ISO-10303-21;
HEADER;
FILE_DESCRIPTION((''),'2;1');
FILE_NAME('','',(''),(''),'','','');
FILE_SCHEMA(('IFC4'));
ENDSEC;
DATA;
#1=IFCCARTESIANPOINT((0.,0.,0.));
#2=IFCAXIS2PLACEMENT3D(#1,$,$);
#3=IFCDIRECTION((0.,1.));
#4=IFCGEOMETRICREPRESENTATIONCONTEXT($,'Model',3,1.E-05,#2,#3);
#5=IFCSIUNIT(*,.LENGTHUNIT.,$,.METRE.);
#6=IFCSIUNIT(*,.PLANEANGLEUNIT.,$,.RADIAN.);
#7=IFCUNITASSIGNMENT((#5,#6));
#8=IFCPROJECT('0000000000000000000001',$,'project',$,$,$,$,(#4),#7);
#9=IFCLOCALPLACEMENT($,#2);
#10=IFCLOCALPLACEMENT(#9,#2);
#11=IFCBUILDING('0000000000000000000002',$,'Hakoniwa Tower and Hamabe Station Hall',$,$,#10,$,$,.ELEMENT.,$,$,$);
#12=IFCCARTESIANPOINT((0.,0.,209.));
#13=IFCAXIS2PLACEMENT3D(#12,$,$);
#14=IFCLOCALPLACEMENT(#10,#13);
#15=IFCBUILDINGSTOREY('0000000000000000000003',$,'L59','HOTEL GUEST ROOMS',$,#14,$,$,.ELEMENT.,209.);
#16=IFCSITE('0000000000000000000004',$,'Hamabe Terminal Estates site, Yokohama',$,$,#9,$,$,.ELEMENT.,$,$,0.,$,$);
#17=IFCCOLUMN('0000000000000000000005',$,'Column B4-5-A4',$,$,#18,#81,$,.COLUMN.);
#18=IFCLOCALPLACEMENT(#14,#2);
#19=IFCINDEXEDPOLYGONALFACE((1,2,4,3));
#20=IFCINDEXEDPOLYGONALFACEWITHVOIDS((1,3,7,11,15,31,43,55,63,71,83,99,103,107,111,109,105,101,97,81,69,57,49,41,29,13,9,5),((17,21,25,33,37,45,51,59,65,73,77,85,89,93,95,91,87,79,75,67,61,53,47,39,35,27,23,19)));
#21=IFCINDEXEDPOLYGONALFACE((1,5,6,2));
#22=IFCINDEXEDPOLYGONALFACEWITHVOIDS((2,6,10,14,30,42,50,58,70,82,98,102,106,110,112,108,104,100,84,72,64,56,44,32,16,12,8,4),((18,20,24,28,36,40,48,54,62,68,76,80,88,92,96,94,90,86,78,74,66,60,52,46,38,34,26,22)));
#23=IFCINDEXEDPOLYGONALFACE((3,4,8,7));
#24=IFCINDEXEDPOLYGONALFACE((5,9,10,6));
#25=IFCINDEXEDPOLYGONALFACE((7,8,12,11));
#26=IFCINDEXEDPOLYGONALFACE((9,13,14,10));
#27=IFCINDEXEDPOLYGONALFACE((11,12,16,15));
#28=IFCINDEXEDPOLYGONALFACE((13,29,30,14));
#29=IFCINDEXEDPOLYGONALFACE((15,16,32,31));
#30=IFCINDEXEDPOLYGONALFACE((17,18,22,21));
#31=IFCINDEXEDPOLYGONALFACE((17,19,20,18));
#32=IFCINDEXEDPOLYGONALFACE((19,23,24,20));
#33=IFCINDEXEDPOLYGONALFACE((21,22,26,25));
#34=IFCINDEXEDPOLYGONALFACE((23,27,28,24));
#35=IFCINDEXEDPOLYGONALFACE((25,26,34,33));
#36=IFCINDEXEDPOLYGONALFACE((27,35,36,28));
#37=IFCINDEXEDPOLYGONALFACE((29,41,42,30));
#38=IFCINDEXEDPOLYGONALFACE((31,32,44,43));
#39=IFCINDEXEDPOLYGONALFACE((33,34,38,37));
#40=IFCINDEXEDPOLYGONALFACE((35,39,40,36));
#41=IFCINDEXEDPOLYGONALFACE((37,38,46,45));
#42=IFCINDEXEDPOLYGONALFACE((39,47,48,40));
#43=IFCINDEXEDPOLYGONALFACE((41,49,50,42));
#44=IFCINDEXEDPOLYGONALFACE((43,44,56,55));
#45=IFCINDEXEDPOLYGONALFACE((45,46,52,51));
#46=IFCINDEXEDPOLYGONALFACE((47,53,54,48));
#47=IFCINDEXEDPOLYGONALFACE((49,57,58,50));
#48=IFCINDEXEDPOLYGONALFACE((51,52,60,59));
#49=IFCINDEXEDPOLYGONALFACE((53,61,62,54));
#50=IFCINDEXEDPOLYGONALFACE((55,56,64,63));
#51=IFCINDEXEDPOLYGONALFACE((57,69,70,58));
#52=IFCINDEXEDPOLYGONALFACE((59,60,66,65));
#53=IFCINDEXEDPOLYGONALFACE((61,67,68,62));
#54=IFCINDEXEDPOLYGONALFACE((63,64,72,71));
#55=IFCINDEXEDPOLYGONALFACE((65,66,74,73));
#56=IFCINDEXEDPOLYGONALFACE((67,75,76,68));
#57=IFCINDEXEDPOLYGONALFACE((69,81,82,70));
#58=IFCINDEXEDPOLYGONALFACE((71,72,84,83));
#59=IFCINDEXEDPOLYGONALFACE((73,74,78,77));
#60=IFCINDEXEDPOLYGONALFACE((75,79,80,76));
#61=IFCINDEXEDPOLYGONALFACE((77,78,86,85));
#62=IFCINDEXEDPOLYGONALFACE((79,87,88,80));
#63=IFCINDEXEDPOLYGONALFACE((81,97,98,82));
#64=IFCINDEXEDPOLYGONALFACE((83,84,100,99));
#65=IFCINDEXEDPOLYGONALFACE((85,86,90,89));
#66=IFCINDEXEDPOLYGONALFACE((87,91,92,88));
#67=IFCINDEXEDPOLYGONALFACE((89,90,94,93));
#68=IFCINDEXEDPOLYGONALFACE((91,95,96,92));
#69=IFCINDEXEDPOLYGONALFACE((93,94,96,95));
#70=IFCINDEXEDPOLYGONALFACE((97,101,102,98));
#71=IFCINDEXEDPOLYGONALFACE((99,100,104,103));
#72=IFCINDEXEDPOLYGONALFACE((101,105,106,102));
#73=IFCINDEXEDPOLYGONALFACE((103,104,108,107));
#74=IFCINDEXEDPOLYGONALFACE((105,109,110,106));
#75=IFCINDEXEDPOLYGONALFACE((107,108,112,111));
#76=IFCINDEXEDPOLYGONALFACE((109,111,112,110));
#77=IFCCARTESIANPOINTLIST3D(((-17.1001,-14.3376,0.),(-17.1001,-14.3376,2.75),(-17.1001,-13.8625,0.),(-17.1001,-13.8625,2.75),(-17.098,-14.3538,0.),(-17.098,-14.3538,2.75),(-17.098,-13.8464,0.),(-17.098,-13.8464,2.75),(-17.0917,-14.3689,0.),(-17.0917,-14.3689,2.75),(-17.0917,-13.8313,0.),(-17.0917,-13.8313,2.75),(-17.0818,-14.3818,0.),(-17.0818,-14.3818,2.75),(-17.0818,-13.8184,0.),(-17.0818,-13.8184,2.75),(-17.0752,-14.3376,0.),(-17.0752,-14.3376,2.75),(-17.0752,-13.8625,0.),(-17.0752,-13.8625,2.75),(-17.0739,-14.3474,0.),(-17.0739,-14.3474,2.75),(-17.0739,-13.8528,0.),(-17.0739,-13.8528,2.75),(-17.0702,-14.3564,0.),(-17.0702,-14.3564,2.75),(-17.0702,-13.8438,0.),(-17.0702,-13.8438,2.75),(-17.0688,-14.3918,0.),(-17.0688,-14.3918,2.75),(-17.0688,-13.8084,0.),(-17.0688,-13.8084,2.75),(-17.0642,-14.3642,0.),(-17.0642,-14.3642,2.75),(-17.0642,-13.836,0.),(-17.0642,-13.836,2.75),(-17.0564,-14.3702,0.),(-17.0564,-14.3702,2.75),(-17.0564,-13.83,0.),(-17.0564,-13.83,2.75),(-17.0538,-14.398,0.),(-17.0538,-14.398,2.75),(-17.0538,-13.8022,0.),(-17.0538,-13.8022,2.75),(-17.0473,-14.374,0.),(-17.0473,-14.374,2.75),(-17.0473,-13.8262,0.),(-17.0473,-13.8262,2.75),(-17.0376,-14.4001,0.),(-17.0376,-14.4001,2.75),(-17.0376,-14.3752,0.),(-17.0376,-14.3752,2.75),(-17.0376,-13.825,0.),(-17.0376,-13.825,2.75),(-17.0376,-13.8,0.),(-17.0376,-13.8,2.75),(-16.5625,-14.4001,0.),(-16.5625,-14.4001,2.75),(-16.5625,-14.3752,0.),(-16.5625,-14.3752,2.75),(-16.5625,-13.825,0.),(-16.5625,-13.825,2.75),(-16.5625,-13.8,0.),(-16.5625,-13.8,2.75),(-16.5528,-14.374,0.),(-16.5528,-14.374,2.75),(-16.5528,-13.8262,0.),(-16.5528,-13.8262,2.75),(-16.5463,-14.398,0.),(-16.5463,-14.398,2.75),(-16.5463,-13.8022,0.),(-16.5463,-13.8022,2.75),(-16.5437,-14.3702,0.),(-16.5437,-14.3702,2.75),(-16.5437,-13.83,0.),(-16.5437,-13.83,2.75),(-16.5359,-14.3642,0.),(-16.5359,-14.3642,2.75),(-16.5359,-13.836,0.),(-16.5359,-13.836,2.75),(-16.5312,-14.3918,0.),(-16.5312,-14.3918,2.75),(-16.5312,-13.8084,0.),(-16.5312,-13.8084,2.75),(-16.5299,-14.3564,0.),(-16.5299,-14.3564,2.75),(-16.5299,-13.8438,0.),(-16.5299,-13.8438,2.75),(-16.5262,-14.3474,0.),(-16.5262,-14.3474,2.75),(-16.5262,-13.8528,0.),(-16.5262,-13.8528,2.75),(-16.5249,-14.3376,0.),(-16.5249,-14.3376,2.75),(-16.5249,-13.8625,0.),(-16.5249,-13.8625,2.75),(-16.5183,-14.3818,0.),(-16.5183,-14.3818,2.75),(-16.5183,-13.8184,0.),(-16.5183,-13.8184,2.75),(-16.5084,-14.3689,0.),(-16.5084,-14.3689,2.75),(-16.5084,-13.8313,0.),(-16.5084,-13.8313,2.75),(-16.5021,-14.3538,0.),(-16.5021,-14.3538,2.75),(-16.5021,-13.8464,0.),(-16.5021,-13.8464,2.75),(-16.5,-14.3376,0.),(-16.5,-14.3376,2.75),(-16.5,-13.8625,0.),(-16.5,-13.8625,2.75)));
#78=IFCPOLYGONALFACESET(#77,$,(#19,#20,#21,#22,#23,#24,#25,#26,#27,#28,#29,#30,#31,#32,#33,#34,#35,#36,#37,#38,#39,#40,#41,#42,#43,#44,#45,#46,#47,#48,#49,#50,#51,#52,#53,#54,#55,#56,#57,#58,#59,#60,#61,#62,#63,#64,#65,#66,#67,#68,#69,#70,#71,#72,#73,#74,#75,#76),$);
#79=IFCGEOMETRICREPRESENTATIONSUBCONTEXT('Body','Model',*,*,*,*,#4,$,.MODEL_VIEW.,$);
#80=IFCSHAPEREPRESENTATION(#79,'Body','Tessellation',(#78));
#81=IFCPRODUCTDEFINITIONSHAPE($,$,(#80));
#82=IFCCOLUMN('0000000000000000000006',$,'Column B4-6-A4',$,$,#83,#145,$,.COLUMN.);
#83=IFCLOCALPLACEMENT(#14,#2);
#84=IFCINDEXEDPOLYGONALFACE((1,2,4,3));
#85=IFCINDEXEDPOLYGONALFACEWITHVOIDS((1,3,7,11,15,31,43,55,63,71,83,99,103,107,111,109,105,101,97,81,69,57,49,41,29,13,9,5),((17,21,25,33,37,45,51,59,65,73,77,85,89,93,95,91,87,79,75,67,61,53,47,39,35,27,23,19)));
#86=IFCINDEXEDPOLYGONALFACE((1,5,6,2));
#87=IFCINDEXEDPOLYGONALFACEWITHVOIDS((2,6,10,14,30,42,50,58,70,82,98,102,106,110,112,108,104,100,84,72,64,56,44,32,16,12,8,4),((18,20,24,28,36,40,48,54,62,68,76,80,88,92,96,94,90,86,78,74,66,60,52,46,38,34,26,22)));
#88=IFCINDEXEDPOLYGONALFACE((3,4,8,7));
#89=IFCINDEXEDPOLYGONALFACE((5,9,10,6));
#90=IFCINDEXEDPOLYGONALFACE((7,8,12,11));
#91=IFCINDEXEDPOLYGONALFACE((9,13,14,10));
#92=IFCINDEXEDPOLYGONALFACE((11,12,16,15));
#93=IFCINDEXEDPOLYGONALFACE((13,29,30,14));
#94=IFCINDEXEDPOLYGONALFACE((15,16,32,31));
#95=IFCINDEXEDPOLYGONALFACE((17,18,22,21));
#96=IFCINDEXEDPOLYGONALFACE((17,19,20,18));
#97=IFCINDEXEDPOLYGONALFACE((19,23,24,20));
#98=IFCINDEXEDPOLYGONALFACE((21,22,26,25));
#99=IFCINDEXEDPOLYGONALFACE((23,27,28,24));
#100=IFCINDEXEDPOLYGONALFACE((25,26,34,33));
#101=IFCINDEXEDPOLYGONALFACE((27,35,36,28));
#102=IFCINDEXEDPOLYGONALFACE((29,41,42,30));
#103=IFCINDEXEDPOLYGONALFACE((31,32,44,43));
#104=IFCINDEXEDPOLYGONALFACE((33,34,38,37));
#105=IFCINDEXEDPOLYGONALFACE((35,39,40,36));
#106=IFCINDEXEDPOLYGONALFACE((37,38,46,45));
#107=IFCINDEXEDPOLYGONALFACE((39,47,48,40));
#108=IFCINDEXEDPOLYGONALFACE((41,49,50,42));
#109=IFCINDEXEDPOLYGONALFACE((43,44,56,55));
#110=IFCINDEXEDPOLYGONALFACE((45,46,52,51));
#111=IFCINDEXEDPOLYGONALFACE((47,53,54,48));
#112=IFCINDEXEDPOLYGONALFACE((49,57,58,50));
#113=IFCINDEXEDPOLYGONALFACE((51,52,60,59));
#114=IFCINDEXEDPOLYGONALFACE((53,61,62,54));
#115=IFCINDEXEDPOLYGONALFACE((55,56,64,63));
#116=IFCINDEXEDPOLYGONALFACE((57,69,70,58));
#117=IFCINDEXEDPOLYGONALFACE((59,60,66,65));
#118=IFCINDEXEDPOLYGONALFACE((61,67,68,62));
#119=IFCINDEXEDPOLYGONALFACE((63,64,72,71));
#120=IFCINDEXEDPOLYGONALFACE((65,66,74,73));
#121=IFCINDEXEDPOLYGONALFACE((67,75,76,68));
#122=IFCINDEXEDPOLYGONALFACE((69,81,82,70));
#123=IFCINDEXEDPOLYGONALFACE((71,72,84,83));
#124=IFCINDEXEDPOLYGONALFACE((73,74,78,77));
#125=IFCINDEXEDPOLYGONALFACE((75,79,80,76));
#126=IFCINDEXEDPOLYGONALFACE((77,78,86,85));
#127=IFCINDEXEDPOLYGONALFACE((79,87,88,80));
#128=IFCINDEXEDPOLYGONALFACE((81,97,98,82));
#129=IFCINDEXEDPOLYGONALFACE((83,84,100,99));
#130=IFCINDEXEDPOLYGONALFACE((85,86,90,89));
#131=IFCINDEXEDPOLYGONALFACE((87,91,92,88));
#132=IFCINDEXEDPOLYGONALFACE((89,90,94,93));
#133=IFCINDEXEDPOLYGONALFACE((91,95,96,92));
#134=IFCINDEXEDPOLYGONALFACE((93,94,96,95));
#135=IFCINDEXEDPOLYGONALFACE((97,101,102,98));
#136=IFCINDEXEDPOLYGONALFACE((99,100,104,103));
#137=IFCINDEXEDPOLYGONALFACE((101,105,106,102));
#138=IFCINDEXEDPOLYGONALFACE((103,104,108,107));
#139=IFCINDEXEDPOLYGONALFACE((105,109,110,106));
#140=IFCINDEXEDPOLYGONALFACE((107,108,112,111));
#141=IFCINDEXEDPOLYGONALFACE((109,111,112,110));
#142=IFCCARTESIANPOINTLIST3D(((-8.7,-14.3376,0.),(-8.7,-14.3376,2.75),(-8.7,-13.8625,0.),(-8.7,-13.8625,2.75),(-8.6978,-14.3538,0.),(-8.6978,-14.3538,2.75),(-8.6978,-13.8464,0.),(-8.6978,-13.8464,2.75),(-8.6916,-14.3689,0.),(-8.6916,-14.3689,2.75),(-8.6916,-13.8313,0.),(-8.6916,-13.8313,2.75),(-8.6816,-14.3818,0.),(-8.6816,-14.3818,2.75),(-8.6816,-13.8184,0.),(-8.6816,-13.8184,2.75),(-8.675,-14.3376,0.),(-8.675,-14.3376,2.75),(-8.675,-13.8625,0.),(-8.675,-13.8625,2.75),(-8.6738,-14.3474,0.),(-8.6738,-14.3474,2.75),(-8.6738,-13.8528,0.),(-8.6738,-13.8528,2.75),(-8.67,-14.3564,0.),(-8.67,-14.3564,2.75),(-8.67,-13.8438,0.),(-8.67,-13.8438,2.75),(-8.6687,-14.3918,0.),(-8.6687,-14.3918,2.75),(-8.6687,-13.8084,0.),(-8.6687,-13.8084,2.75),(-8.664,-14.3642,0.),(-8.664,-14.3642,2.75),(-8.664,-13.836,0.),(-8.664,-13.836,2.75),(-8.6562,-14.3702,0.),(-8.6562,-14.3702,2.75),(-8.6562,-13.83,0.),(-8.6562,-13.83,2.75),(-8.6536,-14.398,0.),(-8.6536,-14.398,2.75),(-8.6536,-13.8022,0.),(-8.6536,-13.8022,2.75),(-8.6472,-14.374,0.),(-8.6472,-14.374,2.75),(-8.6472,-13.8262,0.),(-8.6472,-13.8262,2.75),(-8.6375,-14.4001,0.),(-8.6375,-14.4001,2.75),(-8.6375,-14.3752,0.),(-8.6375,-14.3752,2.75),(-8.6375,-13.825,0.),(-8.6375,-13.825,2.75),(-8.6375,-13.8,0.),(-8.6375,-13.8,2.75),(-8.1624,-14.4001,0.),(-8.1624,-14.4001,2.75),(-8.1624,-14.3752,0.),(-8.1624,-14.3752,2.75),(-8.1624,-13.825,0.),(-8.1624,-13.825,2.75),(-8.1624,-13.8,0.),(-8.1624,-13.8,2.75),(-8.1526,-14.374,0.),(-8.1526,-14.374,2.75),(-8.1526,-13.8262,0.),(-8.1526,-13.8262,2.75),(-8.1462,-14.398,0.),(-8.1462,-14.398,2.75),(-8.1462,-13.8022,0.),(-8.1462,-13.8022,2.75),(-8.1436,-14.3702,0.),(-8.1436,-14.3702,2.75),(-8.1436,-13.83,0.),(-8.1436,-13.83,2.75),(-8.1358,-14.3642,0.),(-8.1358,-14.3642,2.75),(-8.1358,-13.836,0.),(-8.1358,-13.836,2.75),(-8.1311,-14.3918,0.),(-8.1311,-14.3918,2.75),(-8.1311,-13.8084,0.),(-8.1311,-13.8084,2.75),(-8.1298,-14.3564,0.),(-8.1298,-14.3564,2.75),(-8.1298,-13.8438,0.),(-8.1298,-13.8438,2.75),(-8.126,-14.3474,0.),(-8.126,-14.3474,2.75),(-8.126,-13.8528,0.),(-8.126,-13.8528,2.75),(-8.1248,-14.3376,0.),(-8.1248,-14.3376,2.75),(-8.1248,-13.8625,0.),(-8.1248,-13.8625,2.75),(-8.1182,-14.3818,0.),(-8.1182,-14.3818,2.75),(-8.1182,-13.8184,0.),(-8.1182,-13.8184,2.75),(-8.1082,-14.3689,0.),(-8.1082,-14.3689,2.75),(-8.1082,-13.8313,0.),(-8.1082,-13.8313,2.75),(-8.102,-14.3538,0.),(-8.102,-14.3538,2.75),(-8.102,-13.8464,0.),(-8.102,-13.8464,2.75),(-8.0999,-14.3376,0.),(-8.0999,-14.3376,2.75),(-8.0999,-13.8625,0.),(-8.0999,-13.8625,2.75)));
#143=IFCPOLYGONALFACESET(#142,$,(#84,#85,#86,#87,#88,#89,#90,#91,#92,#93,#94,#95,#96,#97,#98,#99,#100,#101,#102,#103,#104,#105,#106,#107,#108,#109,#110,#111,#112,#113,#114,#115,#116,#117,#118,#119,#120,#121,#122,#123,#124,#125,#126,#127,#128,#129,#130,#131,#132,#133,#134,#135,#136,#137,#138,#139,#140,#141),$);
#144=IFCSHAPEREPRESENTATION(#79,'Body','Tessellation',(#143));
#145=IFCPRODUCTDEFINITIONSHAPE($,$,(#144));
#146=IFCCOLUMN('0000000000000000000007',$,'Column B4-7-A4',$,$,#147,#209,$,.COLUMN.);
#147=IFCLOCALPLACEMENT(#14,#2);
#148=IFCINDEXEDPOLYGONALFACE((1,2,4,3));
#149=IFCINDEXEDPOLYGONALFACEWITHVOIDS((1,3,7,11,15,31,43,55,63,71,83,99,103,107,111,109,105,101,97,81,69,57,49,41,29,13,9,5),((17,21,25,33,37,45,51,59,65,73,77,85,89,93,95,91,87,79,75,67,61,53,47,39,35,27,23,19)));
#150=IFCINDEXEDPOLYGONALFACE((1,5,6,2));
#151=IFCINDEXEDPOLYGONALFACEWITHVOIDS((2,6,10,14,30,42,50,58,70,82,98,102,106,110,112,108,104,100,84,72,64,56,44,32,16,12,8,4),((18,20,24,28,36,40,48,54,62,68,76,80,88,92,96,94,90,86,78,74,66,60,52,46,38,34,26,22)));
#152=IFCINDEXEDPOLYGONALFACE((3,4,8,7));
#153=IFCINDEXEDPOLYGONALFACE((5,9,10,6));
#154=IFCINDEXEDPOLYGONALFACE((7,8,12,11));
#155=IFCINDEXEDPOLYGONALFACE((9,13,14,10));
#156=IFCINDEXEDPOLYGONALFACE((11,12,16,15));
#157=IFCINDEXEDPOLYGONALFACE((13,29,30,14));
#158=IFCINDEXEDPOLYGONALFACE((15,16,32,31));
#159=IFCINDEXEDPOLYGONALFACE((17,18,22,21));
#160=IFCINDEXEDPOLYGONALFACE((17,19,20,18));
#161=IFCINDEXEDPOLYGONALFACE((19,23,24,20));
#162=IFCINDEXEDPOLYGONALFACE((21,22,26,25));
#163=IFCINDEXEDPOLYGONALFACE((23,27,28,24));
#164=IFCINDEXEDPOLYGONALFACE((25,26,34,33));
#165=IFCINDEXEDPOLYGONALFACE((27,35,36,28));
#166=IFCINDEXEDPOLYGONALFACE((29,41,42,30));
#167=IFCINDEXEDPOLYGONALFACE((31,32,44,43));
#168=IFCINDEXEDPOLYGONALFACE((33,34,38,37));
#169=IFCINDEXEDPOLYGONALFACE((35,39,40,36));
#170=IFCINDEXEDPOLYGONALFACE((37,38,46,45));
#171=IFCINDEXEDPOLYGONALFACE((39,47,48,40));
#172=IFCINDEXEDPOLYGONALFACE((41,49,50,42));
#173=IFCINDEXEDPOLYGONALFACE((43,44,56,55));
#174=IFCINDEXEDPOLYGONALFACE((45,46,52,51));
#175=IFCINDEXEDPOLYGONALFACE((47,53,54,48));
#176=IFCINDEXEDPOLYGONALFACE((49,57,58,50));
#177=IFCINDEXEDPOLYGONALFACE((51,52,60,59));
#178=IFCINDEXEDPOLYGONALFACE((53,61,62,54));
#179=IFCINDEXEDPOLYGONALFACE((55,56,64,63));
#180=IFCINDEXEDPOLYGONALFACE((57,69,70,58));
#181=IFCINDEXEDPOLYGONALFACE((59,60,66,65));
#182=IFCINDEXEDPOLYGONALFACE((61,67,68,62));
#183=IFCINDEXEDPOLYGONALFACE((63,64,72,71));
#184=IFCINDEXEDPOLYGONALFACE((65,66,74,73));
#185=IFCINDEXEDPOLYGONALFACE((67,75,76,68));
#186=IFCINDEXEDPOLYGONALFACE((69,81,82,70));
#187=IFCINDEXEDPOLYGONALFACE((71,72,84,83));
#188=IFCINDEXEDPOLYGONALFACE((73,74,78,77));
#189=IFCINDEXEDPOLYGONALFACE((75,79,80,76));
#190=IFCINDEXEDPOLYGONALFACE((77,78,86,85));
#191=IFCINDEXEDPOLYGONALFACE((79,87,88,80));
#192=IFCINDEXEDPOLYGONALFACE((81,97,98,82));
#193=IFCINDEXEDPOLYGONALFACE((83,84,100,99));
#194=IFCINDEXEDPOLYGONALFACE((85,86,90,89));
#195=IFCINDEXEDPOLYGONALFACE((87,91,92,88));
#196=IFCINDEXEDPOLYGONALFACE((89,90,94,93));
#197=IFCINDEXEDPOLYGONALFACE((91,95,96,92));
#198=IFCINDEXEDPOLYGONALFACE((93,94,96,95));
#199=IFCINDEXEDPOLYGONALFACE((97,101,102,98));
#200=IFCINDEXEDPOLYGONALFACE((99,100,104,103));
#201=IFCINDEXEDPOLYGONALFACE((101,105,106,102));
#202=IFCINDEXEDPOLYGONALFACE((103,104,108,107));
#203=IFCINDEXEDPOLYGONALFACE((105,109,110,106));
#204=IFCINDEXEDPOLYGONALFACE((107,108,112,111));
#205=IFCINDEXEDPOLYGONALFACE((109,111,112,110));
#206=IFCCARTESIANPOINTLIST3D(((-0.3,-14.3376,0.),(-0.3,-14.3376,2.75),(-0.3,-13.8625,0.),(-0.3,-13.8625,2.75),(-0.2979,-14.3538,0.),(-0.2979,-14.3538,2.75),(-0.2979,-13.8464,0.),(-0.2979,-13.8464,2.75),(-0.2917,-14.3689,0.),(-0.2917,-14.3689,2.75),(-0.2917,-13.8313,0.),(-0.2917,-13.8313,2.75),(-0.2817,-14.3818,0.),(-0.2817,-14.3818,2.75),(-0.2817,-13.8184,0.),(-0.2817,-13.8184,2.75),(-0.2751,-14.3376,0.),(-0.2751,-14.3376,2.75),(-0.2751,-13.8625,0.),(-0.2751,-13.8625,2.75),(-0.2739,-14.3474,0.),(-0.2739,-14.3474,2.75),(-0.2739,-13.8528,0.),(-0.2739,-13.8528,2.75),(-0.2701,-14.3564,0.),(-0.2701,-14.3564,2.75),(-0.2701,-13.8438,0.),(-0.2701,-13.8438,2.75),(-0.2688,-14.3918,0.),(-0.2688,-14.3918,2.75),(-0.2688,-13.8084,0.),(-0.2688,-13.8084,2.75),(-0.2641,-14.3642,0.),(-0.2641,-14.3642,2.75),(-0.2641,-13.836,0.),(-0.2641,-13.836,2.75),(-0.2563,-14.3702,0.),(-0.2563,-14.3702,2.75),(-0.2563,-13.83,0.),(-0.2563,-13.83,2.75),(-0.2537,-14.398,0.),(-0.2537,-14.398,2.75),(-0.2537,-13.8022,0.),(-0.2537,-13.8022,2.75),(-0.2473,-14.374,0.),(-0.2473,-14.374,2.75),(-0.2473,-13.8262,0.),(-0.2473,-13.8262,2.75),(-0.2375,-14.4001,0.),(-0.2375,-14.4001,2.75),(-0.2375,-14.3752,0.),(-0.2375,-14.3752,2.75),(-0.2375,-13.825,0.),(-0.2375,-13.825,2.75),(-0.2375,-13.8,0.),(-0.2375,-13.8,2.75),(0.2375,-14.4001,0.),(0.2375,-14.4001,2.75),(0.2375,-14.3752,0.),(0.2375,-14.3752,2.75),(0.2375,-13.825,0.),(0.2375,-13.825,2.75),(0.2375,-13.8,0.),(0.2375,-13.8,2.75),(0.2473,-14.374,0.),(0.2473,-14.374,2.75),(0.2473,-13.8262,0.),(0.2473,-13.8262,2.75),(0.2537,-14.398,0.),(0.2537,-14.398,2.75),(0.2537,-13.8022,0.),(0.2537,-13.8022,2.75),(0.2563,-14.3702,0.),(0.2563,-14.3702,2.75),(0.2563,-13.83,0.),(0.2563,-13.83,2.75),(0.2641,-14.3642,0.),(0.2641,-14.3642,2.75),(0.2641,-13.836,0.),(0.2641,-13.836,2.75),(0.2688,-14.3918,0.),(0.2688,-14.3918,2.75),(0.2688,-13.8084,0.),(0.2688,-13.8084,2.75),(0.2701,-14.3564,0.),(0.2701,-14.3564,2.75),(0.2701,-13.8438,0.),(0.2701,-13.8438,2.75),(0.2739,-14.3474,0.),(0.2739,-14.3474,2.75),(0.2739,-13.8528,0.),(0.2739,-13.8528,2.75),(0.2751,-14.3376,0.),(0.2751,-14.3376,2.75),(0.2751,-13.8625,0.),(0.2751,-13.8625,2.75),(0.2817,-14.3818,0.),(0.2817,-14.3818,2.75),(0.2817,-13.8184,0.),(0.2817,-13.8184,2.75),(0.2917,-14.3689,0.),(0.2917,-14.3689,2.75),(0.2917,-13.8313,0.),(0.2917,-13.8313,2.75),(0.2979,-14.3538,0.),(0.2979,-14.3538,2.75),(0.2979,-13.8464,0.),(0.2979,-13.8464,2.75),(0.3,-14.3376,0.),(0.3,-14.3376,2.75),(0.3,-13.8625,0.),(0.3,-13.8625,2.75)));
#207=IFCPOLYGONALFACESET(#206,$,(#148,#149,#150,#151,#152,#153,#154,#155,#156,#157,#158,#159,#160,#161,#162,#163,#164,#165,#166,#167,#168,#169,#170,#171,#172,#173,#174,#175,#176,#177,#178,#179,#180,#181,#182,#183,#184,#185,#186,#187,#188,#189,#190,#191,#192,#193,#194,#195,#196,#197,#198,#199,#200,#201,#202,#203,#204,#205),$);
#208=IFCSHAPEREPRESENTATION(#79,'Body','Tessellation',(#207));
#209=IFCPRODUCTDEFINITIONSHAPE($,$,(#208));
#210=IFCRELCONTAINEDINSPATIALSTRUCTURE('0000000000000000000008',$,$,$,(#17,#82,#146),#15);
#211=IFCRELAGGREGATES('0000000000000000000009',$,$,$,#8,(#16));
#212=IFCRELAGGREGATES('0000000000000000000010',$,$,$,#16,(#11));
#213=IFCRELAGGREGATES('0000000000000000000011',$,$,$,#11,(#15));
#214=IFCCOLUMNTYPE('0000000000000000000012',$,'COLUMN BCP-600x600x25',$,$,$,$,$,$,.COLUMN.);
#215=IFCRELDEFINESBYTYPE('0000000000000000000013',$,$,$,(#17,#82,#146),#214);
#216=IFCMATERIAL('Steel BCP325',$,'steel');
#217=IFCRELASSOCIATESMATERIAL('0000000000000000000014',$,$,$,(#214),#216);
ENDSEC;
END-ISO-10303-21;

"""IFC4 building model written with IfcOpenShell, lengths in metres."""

from ifc_helpers import new_model, si_unit, direction, frame, origin, origin_2d, place, context, subcontext, project, spatial, hollow_rectangle, extrude, material, material_profile, profile_set, type_object, element, save


model = new_model("IFC4")

# Units and contexts
model_context = context("Model", 3, precision=1e-05, world=origin(), true_north=direction((0.0, 1.0)))
body_context = subcontext(model_context, "Body", "Model", "MODEL_VIEW")
ifc_project = project(units=[si_unit("LENGTHUNIT", "METRE"), si_unit("PLANEANGLEUNIT", "RADIAN")], contexts=[model_context])

# Site, building, storey
site_placement = place(None, origin())
site = spatial("IfcSite", under=ifc_project, at=site_placement, Name="Hamabe Terminal Estates site, Yokohama", CompositionType="ELEMENT", RefElevation=0.0)
building_placement = place(site_placement, origin())
building = spatial("IfcBuilding", under=site, at=building_placement, Name="Hakoniwa Tower and Hamabe Station Hall", CompositionType="ELEMENT")
storey_placement = place(building_placement, frame((0.0, 0.0, 209.0)))
storey = spatial("IfcBuildingStorey", under=building, at=storey_placement, Name="L59", Description="HOTEL GUEST ROOMS", CompositionType="ELEMENT", Elevation=209.0)

# Columns
ifc_material_1 = material(Name="Steel BCP325", Category="steel")
ifc_material_profile_1 = material_profile(ifc_material_1, hollow_rectangle(XDim=0.6001, YDim=0.6001, WallThickness=0.0249, InnerFilletRadius=0.0376, OuterFilletRadius=0.0625, at=origin_2d()), Name="BCP-600x600x25")
ifc_profile_set_1 = profile_set([ifc_material_profile_1], Name="Steel BCP325")
column_type = type_object("IfcColumnType", Name="COLUMN BCP-600x600x25", PredefinedType="COLUMN", material=ifc_profile_set_1)
for number, where, z_axis, x_axis, name in (
    (1, (-16.8, -14.1001, 0.0), (0.0, 0.0, 1.0), (1.0, 0.0, 0.0), "Column B4-5-A4"),
    (2, (-8.3999, -14.1001, 0.0), (0.0, 0.0, 1.0), (1.0, 0.0, 0.0), "Column B4-6-A4"),
    (3, (0.0, -14.1001, 0.0), (0.0, 0.0, 1.0), (1.0, 0.0, 0.0), "Column B4-7-A4"),
):
    element("IfcColumn", number, at=place(storey_placement, frame(where, z_axis=z_axis, x_axis=x_axis)), inside=storey, type_object=column_type, Name=name, PredefinedType="COLUMN", context=body_context, shape_type="SweptSolid", body=[
        extrude(hollow_rectangle(XDim=0.6001, YDim=0.6001, WallThickness=0.0249, InnerFilletRadius=0.0376, OuterFilletRadius=0.0625, at=origin_2d()), origin(), (0.0, 0.0, 1.0), 2.75),
    ])

save(model, "model.ifc")
